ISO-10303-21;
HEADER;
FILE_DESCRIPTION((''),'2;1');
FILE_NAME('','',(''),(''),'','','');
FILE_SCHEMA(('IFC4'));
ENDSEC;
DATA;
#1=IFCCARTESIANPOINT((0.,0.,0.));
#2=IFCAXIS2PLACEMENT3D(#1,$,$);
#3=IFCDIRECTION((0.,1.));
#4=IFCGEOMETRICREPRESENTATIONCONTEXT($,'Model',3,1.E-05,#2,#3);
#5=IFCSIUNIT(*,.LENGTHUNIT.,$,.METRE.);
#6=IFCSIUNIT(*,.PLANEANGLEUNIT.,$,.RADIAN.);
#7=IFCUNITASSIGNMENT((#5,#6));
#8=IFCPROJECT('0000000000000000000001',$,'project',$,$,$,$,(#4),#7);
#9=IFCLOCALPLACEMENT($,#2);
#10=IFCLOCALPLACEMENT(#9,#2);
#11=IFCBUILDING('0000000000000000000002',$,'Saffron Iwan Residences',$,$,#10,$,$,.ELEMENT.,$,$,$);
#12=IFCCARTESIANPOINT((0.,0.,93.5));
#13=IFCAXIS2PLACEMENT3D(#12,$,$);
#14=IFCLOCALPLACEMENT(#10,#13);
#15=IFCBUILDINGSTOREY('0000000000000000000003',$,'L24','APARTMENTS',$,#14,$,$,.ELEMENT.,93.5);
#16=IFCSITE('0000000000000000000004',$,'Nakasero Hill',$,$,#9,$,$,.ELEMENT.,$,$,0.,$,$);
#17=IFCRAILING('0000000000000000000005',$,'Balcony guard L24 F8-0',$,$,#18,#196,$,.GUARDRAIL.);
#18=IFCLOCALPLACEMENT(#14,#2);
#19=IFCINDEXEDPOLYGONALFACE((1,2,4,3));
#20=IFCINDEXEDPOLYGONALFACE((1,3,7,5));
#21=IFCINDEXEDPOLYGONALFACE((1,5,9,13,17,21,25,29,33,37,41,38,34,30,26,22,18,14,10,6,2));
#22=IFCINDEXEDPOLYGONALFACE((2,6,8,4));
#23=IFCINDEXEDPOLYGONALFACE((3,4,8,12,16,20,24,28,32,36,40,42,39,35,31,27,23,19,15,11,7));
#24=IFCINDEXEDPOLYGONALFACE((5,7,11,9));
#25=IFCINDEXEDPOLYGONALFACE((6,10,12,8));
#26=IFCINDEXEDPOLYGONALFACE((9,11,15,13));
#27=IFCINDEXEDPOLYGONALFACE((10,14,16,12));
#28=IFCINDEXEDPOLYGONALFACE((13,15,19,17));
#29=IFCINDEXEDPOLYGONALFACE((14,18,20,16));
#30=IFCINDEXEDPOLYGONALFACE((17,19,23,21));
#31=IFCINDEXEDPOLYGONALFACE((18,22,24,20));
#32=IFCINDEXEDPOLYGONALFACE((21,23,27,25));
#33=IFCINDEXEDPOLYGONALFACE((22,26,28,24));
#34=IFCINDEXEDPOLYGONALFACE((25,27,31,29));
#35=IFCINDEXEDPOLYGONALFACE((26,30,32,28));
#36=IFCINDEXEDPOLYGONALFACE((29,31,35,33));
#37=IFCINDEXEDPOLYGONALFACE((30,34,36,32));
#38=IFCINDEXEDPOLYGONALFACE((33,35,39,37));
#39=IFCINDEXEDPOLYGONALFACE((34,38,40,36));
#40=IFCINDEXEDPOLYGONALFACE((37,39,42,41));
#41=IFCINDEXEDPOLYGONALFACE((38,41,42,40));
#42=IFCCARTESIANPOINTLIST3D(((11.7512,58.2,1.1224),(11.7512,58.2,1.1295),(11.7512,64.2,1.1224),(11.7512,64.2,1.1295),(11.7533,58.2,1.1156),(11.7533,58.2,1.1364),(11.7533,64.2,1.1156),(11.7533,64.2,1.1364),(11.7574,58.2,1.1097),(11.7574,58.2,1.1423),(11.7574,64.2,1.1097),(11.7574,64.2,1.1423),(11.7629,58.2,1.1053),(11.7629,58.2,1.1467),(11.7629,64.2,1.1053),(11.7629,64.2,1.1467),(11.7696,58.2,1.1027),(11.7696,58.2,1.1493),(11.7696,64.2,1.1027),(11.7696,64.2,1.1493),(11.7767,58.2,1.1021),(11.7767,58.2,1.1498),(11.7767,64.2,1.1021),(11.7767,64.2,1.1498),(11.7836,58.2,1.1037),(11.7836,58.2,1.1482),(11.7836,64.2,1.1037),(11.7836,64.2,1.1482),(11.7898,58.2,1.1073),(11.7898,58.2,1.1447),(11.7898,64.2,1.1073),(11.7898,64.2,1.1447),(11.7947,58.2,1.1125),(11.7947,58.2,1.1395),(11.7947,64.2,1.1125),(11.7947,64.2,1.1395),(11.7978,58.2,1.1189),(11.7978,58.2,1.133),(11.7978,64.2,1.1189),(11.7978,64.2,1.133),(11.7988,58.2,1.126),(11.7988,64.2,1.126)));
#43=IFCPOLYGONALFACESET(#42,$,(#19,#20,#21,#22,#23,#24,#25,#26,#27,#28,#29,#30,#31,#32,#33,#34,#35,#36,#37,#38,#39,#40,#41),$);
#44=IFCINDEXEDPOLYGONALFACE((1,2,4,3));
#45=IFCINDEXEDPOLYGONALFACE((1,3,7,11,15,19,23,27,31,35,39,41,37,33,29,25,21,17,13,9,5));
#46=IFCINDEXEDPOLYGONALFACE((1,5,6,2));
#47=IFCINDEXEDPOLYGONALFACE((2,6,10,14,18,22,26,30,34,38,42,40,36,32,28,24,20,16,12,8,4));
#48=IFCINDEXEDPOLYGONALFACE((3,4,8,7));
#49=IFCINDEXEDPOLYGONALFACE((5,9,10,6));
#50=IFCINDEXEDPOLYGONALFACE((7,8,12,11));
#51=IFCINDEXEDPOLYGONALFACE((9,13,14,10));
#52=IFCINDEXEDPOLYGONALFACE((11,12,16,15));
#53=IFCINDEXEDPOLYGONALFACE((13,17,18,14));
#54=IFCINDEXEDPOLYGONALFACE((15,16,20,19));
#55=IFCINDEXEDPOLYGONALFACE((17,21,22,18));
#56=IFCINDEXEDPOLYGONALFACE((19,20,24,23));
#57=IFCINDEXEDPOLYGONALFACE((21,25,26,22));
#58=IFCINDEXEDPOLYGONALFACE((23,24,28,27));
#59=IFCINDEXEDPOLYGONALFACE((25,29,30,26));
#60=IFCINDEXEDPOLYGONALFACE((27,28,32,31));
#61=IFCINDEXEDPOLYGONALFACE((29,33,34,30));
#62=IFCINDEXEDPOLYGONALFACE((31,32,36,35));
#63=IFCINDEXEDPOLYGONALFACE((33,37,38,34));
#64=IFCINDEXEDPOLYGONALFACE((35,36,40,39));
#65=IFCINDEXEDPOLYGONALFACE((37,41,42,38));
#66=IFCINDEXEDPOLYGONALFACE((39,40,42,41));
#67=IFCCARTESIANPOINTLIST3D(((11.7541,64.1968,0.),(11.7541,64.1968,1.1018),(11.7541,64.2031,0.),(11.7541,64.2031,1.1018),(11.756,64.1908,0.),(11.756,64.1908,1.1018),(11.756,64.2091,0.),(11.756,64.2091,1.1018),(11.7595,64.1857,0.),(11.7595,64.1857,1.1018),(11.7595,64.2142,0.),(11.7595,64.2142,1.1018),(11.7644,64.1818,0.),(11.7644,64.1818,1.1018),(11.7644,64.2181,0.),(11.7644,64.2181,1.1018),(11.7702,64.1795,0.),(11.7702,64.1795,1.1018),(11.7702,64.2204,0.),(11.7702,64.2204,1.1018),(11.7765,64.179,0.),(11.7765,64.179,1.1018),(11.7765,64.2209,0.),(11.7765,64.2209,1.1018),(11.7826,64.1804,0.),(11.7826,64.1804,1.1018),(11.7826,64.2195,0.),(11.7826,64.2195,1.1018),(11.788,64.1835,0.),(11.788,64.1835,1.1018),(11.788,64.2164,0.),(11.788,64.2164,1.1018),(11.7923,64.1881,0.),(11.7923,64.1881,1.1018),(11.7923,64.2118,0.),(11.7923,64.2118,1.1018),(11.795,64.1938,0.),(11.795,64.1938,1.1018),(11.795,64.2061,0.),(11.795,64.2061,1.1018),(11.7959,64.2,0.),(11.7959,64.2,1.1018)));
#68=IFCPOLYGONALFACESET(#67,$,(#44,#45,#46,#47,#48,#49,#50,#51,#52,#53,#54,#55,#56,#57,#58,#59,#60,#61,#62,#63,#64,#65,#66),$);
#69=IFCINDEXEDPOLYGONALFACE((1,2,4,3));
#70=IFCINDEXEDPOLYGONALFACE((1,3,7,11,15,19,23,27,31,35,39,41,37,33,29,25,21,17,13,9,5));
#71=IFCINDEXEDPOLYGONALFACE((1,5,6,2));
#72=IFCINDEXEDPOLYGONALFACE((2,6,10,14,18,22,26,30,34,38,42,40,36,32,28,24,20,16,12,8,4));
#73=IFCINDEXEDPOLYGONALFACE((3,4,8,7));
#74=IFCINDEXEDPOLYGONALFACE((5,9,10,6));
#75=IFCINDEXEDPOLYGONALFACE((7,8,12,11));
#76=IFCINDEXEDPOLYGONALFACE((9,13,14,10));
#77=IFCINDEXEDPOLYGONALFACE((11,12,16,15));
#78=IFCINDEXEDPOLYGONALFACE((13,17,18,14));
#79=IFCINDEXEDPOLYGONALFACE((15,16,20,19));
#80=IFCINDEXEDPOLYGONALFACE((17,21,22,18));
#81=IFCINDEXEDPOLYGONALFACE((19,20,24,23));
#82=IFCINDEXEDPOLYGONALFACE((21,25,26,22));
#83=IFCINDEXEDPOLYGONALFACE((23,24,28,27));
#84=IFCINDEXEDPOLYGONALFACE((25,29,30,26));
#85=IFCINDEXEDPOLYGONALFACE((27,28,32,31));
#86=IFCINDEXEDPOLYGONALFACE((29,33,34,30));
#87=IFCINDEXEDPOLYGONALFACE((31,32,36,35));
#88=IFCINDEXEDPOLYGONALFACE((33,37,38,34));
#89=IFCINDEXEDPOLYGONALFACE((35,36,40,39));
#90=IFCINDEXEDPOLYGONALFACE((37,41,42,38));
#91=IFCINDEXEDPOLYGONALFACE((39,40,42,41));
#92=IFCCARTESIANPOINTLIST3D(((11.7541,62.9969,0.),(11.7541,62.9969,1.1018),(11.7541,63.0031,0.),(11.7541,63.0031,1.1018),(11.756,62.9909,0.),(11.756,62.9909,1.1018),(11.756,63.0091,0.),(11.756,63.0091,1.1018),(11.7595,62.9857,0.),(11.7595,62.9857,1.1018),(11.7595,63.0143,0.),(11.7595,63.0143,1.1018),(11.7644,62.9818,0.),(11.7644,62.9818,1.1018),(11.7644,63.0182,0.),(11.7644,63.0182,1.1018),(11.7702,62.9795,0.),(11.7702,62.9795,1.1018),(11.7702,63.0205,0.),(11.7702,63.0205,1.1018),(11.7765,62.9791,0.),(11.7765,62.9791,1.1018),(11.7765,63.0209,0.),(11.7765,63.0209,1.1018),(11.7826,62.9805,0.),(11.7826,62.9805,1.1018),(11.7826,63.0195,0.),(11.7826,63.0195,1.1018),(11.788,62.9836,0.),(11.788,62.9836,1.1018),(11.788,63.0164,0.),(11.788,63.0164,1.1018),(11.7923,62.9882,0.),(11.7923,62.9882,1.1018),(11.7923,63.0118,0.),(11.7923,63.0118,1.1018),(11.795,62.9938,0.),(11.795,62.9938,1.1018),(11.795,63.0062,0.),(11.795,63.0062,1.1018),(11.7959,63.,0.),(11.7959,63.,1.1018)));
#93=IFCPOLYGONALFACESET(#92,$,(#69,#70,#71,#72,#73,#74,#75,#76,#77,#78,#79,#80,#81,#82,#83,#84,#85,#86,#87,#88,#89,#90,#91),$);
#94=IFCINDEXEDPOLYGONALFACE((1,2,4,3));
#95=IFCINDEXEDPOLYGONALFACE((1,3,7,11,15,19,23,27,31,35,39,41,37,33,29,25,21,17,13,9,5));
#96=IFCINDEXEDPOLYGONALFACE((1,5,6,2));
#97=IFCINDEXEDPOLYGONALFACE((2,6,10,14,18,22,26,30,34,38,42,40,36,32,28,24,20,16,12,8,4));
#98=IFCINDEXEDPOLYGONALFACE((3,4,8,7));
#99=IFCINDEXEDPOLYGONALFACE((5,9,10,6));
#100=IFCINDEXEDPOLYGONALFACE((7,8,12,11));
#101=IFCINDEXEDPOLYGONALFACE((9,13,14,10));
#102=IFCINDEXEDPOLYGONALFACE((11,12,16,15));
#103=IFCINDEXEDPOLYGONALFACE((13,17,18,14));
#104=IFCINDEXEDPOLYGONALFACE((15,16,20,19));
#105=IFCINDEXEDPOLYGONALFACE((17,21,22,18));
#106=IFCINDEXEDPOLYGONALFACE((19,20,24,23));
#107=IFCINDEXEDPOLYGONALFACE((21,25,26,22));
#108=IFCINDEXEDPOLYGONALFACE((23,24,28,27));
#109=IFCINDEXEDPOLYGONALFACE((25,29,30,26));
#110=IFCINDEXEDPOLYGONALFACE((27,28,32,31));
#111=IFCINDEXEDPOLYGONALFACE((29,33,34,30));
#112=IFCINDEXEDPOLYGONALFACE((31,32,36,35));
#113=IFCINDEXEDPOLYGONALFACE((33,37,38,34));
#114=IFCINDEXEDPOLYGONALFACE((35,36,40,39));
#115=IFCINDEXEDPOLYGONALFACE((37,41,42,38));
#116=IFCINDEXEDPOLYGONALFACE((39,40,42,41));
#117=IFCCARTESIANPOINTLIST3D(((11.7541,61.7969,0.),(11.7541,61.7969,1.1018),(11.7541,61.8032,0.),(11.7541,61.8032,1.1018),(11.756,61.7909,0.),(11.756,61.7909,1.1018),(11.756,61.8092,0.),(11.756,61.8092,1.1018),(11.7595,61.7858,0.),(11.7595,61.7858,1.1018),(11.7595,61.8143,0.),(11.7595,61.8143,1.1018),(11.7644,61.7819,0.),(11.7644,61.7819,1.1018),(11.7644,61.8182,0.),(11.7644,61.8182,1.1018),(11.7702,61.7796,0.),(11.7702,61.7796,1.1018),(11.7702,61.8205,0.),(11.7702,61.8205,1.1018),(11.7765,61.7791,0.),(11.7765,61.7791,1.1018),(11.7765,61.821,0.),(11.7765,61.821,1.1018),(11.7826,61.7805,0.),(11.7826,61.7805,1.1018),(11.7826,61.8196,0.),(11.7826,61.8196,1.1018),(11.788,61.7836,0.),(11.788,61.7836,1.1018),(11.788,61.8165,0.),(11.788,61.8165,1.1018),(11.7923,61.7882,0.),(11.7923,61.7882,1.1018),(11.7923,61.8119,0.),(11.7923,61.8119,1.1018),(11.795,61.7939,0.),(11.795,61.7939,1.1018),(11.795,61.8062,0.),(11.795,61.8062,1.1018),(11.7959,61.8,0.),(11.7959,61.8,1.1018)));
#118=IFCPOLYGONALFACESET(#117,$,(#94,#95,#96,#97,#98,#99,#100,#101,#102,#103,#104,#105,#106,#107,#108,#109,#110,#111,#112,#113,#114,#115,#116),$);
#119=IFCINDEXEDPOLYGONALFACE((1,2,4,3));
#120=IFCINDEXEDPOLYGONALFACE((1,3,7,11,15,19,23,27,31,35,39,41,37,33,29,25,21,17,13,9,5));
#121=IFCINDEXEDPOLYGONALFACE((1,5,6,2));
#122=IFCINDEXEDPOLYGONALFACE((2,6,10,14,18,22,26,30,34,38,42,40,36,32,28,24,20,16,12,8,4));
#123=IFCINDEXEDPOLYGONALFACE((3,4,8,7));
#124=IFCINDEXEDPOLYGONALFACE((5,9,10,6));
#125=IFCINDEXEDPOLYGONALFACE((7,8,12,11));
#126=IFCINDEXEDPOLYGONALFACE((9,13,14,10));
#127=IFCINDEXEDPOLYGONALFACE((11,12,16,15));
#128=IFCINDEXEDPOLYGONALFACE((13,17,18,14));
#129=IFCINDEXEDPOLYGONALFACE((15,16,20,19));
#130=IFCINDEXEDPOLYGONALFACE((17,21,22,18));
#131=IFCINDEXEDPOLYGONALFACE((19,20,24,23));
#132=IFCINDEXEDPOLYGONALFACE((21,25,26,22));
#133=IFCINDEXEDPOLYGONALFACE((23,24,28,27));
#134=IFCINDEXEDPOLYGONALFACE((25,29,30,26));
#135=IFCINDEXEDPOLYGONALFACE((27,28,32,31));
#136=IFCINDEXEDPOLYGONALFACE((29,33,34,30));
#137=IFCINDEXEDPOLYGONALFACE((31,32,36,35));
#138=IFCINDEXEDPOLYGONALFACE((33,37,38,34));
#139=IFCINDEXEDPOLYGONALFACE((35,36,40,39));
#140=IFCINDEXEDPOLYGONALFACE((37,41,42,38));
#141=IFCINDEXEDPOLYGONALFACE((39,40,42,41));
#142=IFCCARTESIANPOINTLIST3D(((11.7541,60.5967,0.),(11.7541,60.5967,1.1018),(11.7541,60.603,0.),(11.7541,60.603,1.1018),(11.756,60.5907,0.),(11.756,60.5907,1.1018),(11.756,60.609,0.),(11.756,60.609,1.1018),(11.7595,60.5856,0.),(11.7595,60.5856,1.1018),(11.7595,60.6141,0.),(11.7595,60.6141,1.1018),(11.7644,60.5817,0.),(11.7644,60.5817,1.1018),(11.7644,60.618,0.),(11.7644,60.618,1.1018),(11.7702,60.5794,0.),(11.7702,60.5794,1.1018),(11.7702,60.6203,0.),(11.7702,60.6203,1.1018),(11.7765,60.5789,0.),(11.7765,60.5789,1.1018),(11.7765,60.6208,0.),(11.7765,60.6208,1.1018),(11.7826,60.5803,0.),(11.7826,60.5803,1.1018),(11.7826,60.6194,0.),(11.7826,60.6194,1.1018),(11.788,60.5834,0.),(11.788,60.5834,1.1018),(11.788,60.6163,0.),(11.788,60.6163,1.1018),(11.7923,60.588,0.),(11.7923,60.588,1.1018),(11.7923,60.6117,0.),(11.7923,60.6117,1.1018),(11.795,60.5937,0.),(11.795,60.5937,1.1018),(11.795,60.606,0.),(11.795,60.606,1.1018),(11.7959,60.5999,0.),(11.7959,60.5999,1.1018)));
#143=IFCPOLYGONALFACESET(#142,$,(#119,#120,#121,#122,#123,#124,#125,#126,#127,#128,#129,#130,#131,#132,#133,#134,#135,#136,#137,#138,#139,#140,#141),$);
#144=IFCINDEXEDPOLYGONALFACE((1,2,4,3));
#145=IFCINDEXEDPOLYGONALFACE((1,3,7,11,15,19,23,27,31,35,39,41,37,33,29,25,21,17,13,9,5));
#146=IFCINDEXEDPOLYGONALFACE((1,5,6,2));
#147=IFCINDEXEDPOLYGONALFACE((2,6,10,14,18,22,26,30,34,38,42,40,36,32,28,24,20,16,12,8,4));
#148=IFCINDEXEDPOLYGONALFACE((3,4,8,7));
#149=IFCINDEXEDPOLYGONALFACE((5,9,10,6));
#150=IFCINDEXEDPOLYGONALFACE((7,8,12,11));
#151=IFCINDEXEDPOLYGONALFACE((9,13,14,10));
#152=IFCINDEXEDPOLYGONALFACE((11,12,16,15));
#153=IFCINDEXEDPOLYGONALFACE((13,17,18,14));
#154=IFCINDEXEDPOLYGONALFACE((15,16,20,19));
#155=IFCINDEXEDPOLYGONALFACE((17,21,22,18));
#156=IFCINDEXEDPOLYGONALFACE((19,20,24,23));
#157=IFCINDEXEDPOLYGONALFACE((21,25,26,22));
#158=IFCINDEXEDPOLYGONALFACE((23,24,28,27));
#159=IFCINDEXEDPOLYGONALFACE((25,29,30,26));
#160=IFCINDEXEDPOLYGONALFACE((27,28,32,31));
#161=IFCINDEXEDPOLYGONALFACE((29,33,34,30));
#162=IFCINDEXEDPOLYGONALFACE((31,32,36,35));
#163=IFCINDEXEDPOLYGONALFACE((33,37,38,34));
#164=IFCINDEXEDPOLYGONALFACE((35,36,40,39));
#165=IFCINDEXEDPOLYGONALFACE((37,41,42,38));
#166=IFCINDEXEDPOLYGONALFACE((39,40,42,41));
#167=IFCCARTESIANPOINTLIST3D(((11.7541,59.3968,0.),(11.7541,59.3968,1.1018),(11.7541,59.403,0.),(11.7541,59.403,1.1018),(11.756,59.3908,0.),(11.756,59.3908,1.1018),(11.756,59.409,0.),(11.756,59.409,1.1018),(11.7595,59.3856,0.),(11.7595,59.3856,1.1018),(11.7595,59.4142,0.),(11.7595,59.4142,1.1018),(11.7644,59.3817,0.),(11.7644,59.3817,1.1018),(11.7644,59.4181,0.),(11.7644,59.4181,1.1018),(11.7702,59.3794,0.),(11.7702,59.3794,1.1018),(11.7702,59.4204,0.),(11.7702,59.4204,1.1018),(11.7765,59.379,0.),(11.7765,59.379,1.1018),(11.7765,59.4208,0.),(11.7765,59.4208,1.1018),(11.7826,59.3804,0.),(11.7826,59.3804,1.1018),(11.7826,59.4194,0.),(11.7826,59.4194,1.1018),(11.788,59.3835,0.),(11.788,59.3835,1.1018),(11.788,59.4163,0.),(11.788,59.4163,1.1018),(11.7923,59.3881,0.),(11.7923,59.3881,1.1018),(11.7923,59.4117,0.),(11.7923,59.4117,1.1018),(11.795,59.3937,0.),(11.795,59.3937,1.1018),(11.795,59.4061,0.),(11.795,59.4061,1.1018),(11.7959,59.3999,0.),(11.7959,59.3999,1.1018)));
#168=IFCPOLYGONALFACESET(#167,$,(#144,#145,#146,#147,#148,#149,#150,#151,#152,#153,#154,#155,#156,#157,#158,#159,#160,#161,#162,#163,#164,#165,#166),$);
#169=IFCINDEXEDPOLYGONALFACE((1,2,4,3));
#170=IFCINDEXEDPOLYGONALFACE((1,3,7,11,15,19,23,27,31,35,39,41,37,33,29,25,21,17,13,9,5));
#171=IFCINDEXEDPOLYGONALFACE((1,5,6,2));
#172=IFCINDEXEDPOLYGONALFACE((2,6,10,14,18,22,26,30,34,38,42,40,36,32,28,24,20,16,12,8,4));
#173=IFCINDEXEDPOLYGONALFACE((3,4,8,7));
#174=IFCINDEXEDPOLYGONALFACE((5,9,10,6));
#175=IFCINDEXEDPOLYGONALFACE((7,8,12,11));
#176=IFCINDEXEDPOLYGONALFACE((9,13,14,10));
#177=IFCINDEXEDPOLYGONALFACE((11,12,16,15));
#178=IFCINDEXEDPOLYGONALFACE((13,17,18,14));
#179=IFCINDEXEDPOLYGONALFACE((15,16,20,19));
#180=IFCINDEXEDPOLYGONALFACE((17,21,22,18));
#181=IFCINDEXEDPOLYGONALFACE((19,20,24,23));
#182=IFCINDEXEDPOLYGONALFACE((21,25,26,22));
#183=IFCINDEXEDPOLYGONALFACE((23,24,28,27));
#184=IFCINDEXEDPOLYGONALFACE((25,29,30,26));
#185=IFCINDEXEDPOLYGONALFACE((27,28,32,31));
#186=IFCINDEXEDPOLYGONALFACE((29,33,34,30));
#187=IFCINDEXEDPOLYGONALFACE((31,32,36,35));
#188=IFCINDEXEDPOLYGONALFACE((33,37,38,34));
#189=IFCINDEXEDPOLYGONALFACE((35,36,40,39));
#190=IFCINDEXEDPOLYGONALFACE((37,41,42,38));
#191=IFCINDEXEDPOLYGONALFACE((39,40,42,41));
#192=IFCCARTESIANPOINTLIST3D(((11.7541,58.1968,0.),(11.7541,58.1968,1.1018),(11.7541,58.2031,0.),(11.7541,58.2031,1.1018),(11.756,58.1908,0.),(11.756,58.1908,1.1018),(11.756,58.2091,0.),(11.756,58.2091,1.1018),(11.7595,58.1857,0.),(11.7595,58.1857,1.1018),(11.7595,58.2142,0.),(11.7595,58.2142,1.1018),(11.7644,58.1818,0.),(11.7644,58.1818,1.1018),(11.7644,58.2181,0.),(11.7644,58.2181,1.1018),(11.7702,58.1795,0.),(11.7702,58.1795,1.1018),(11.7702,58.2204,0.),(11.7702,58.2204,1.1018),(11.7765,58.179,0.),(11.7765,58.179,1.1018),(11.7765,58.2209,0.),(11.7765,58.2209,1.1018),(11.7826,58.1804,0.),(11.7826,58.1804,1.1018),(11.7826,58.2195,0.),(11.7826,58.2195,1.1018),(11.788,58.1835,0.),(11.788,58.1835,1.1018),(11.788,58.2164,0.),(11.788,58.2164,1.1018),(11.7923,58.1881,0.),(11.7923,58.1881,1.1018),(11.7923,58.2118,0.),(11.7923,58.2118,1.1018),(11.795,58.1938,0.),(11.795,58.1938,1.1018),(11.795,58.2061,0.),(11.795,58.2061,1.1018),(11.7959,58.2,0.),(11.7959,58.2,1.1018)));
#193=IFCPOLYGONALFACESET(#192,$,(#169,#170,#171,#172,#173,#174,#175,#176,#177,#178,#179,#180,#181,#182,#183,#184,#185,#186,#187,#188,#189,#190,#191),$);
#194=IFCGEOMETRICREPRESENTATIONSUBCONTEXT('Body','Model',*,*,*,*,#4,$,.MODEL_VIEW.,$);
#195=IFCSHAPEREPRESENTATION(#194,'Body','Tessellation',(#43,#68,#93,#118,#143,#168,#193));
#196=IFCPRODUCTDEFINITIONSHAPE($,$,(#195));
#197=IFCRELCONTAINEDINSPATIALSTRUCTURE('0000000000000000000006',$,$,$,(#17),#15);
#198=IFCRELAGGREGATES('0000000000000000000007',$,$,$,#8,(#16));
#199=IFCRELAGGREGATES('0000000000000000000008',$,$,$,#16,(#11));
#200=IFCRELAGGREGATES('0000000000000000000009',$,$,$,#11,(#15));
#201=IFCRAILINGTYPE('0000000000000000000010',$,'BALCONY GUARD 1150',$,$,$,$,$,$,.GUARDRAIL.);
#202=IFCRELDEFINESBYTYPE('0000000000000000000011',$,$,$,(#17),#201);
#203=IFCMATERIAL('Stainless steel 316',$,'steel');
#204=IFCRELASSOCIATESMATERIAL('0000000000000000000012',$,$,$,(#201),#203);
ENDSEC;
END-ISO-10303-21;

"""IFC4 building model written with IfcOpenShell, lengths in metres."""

from ifc_helpers import new_model, si_unit, direction, frame, origin, origin_2d, place, context, subcontext, project, spatial, circle, extrude, material, type_object, element, save


model = new_model("IFC4")

# Units and contexts
model_context = context("Model", 3, precision=1e-05, world=origin(), true_north=direction((0.0, 1.0)))
body_context = subcontext(model_context, "Body", "Model", "MODEL_VIEW")
ifc_project = project(units=[si_unit("LENGTHUNIT", "METRE"), si_unit("PLANEANGLEUNIT", "RADIAN")], contexts=[model_context])

# Site, building, storey
site_placement = place(None, origin())
site = spatial("IfcSite", under=ifc_project, at=site_placement, Name="Nakasero Hill", CompositionType="ELEMENT", RefElevation=0.0)
building_placement = place(site_placement, origin())
building = spatial("IfcBuilding", under=site, at=building_placement, Name="Saffron Iwan Residences", CompositionType="ELEMENT")
storey_placement = place(building_placement, frame((0.0, 0.0, 93.5)))
storey = spatial("IfcBuildingStorey", under=building, at=storey_placement, Name="L24", Description="APARTMENTS", CompositionType="ELEMENT", Elevation=93.5)

# Railing
ifc_material_1 = material(Name="Stainless steel 316", Category="steel")
railing_type = type_object("IfcRailingType", Name="BALCONY GUARD 1150", PredefinedType="GUARDRAIL", material=ifc_material_1)
for number, where, name in (
    (1, (11.7749, 64.2, 0.0), "Balcony guard L24 F8-0"),
):
    element("IfcRailing", number, at=place(storey_placement, frame(where)), inside=storey, type_object=railing_type, Name=name, PredefinedType="GUARDRAIL", context=body_context, shape_type="SweptSolid", body=[
        extrude(circle(Radius=0.0239, at=origin_2d()), frame((0.0, 0.0, 1.126), z_axis=(0.0, -1.0, 0.0), x_axis=(1.0, 0.0, 0.0)), (0.0, 0.0, 1.0), 6.0),
        extrude(circle(Radius=0.021, at=origin_2d()), origin(), (0.0, 0.0, 1.0), 1.1018),
        extrude(circle(Radius=0.021, at=origin_2d()), frame((0.0, -1.2, 0.0)), (0.0, 0.0, 1.0), 1.1018),
        extrude(circle(Radius=0.021, at=origin_2d()), frame((0.0, -2.3999, 0.0)), (0.0, 0.0, 1.0), 1.1018),
        extrude(circle(Radius=0.021, at=origin_2d()), frame((0.0, -3.6001, 0.0)), (0.0, 0.0, 1.0), 1.1018),
        extrude(circle(Radius=0.021, at=origin_2d()), frame((0.0, -4.8, 0.0)), (0.0, 0.0, 1.0), 1.1018),
        extrude(circle(Radius=0.021, at=origin_2d()), frame((0.0, -6.0, 0.0)), (0.0, 0.0, 1.0), 1.1018),
    ])

save(model, "model.ifc")
